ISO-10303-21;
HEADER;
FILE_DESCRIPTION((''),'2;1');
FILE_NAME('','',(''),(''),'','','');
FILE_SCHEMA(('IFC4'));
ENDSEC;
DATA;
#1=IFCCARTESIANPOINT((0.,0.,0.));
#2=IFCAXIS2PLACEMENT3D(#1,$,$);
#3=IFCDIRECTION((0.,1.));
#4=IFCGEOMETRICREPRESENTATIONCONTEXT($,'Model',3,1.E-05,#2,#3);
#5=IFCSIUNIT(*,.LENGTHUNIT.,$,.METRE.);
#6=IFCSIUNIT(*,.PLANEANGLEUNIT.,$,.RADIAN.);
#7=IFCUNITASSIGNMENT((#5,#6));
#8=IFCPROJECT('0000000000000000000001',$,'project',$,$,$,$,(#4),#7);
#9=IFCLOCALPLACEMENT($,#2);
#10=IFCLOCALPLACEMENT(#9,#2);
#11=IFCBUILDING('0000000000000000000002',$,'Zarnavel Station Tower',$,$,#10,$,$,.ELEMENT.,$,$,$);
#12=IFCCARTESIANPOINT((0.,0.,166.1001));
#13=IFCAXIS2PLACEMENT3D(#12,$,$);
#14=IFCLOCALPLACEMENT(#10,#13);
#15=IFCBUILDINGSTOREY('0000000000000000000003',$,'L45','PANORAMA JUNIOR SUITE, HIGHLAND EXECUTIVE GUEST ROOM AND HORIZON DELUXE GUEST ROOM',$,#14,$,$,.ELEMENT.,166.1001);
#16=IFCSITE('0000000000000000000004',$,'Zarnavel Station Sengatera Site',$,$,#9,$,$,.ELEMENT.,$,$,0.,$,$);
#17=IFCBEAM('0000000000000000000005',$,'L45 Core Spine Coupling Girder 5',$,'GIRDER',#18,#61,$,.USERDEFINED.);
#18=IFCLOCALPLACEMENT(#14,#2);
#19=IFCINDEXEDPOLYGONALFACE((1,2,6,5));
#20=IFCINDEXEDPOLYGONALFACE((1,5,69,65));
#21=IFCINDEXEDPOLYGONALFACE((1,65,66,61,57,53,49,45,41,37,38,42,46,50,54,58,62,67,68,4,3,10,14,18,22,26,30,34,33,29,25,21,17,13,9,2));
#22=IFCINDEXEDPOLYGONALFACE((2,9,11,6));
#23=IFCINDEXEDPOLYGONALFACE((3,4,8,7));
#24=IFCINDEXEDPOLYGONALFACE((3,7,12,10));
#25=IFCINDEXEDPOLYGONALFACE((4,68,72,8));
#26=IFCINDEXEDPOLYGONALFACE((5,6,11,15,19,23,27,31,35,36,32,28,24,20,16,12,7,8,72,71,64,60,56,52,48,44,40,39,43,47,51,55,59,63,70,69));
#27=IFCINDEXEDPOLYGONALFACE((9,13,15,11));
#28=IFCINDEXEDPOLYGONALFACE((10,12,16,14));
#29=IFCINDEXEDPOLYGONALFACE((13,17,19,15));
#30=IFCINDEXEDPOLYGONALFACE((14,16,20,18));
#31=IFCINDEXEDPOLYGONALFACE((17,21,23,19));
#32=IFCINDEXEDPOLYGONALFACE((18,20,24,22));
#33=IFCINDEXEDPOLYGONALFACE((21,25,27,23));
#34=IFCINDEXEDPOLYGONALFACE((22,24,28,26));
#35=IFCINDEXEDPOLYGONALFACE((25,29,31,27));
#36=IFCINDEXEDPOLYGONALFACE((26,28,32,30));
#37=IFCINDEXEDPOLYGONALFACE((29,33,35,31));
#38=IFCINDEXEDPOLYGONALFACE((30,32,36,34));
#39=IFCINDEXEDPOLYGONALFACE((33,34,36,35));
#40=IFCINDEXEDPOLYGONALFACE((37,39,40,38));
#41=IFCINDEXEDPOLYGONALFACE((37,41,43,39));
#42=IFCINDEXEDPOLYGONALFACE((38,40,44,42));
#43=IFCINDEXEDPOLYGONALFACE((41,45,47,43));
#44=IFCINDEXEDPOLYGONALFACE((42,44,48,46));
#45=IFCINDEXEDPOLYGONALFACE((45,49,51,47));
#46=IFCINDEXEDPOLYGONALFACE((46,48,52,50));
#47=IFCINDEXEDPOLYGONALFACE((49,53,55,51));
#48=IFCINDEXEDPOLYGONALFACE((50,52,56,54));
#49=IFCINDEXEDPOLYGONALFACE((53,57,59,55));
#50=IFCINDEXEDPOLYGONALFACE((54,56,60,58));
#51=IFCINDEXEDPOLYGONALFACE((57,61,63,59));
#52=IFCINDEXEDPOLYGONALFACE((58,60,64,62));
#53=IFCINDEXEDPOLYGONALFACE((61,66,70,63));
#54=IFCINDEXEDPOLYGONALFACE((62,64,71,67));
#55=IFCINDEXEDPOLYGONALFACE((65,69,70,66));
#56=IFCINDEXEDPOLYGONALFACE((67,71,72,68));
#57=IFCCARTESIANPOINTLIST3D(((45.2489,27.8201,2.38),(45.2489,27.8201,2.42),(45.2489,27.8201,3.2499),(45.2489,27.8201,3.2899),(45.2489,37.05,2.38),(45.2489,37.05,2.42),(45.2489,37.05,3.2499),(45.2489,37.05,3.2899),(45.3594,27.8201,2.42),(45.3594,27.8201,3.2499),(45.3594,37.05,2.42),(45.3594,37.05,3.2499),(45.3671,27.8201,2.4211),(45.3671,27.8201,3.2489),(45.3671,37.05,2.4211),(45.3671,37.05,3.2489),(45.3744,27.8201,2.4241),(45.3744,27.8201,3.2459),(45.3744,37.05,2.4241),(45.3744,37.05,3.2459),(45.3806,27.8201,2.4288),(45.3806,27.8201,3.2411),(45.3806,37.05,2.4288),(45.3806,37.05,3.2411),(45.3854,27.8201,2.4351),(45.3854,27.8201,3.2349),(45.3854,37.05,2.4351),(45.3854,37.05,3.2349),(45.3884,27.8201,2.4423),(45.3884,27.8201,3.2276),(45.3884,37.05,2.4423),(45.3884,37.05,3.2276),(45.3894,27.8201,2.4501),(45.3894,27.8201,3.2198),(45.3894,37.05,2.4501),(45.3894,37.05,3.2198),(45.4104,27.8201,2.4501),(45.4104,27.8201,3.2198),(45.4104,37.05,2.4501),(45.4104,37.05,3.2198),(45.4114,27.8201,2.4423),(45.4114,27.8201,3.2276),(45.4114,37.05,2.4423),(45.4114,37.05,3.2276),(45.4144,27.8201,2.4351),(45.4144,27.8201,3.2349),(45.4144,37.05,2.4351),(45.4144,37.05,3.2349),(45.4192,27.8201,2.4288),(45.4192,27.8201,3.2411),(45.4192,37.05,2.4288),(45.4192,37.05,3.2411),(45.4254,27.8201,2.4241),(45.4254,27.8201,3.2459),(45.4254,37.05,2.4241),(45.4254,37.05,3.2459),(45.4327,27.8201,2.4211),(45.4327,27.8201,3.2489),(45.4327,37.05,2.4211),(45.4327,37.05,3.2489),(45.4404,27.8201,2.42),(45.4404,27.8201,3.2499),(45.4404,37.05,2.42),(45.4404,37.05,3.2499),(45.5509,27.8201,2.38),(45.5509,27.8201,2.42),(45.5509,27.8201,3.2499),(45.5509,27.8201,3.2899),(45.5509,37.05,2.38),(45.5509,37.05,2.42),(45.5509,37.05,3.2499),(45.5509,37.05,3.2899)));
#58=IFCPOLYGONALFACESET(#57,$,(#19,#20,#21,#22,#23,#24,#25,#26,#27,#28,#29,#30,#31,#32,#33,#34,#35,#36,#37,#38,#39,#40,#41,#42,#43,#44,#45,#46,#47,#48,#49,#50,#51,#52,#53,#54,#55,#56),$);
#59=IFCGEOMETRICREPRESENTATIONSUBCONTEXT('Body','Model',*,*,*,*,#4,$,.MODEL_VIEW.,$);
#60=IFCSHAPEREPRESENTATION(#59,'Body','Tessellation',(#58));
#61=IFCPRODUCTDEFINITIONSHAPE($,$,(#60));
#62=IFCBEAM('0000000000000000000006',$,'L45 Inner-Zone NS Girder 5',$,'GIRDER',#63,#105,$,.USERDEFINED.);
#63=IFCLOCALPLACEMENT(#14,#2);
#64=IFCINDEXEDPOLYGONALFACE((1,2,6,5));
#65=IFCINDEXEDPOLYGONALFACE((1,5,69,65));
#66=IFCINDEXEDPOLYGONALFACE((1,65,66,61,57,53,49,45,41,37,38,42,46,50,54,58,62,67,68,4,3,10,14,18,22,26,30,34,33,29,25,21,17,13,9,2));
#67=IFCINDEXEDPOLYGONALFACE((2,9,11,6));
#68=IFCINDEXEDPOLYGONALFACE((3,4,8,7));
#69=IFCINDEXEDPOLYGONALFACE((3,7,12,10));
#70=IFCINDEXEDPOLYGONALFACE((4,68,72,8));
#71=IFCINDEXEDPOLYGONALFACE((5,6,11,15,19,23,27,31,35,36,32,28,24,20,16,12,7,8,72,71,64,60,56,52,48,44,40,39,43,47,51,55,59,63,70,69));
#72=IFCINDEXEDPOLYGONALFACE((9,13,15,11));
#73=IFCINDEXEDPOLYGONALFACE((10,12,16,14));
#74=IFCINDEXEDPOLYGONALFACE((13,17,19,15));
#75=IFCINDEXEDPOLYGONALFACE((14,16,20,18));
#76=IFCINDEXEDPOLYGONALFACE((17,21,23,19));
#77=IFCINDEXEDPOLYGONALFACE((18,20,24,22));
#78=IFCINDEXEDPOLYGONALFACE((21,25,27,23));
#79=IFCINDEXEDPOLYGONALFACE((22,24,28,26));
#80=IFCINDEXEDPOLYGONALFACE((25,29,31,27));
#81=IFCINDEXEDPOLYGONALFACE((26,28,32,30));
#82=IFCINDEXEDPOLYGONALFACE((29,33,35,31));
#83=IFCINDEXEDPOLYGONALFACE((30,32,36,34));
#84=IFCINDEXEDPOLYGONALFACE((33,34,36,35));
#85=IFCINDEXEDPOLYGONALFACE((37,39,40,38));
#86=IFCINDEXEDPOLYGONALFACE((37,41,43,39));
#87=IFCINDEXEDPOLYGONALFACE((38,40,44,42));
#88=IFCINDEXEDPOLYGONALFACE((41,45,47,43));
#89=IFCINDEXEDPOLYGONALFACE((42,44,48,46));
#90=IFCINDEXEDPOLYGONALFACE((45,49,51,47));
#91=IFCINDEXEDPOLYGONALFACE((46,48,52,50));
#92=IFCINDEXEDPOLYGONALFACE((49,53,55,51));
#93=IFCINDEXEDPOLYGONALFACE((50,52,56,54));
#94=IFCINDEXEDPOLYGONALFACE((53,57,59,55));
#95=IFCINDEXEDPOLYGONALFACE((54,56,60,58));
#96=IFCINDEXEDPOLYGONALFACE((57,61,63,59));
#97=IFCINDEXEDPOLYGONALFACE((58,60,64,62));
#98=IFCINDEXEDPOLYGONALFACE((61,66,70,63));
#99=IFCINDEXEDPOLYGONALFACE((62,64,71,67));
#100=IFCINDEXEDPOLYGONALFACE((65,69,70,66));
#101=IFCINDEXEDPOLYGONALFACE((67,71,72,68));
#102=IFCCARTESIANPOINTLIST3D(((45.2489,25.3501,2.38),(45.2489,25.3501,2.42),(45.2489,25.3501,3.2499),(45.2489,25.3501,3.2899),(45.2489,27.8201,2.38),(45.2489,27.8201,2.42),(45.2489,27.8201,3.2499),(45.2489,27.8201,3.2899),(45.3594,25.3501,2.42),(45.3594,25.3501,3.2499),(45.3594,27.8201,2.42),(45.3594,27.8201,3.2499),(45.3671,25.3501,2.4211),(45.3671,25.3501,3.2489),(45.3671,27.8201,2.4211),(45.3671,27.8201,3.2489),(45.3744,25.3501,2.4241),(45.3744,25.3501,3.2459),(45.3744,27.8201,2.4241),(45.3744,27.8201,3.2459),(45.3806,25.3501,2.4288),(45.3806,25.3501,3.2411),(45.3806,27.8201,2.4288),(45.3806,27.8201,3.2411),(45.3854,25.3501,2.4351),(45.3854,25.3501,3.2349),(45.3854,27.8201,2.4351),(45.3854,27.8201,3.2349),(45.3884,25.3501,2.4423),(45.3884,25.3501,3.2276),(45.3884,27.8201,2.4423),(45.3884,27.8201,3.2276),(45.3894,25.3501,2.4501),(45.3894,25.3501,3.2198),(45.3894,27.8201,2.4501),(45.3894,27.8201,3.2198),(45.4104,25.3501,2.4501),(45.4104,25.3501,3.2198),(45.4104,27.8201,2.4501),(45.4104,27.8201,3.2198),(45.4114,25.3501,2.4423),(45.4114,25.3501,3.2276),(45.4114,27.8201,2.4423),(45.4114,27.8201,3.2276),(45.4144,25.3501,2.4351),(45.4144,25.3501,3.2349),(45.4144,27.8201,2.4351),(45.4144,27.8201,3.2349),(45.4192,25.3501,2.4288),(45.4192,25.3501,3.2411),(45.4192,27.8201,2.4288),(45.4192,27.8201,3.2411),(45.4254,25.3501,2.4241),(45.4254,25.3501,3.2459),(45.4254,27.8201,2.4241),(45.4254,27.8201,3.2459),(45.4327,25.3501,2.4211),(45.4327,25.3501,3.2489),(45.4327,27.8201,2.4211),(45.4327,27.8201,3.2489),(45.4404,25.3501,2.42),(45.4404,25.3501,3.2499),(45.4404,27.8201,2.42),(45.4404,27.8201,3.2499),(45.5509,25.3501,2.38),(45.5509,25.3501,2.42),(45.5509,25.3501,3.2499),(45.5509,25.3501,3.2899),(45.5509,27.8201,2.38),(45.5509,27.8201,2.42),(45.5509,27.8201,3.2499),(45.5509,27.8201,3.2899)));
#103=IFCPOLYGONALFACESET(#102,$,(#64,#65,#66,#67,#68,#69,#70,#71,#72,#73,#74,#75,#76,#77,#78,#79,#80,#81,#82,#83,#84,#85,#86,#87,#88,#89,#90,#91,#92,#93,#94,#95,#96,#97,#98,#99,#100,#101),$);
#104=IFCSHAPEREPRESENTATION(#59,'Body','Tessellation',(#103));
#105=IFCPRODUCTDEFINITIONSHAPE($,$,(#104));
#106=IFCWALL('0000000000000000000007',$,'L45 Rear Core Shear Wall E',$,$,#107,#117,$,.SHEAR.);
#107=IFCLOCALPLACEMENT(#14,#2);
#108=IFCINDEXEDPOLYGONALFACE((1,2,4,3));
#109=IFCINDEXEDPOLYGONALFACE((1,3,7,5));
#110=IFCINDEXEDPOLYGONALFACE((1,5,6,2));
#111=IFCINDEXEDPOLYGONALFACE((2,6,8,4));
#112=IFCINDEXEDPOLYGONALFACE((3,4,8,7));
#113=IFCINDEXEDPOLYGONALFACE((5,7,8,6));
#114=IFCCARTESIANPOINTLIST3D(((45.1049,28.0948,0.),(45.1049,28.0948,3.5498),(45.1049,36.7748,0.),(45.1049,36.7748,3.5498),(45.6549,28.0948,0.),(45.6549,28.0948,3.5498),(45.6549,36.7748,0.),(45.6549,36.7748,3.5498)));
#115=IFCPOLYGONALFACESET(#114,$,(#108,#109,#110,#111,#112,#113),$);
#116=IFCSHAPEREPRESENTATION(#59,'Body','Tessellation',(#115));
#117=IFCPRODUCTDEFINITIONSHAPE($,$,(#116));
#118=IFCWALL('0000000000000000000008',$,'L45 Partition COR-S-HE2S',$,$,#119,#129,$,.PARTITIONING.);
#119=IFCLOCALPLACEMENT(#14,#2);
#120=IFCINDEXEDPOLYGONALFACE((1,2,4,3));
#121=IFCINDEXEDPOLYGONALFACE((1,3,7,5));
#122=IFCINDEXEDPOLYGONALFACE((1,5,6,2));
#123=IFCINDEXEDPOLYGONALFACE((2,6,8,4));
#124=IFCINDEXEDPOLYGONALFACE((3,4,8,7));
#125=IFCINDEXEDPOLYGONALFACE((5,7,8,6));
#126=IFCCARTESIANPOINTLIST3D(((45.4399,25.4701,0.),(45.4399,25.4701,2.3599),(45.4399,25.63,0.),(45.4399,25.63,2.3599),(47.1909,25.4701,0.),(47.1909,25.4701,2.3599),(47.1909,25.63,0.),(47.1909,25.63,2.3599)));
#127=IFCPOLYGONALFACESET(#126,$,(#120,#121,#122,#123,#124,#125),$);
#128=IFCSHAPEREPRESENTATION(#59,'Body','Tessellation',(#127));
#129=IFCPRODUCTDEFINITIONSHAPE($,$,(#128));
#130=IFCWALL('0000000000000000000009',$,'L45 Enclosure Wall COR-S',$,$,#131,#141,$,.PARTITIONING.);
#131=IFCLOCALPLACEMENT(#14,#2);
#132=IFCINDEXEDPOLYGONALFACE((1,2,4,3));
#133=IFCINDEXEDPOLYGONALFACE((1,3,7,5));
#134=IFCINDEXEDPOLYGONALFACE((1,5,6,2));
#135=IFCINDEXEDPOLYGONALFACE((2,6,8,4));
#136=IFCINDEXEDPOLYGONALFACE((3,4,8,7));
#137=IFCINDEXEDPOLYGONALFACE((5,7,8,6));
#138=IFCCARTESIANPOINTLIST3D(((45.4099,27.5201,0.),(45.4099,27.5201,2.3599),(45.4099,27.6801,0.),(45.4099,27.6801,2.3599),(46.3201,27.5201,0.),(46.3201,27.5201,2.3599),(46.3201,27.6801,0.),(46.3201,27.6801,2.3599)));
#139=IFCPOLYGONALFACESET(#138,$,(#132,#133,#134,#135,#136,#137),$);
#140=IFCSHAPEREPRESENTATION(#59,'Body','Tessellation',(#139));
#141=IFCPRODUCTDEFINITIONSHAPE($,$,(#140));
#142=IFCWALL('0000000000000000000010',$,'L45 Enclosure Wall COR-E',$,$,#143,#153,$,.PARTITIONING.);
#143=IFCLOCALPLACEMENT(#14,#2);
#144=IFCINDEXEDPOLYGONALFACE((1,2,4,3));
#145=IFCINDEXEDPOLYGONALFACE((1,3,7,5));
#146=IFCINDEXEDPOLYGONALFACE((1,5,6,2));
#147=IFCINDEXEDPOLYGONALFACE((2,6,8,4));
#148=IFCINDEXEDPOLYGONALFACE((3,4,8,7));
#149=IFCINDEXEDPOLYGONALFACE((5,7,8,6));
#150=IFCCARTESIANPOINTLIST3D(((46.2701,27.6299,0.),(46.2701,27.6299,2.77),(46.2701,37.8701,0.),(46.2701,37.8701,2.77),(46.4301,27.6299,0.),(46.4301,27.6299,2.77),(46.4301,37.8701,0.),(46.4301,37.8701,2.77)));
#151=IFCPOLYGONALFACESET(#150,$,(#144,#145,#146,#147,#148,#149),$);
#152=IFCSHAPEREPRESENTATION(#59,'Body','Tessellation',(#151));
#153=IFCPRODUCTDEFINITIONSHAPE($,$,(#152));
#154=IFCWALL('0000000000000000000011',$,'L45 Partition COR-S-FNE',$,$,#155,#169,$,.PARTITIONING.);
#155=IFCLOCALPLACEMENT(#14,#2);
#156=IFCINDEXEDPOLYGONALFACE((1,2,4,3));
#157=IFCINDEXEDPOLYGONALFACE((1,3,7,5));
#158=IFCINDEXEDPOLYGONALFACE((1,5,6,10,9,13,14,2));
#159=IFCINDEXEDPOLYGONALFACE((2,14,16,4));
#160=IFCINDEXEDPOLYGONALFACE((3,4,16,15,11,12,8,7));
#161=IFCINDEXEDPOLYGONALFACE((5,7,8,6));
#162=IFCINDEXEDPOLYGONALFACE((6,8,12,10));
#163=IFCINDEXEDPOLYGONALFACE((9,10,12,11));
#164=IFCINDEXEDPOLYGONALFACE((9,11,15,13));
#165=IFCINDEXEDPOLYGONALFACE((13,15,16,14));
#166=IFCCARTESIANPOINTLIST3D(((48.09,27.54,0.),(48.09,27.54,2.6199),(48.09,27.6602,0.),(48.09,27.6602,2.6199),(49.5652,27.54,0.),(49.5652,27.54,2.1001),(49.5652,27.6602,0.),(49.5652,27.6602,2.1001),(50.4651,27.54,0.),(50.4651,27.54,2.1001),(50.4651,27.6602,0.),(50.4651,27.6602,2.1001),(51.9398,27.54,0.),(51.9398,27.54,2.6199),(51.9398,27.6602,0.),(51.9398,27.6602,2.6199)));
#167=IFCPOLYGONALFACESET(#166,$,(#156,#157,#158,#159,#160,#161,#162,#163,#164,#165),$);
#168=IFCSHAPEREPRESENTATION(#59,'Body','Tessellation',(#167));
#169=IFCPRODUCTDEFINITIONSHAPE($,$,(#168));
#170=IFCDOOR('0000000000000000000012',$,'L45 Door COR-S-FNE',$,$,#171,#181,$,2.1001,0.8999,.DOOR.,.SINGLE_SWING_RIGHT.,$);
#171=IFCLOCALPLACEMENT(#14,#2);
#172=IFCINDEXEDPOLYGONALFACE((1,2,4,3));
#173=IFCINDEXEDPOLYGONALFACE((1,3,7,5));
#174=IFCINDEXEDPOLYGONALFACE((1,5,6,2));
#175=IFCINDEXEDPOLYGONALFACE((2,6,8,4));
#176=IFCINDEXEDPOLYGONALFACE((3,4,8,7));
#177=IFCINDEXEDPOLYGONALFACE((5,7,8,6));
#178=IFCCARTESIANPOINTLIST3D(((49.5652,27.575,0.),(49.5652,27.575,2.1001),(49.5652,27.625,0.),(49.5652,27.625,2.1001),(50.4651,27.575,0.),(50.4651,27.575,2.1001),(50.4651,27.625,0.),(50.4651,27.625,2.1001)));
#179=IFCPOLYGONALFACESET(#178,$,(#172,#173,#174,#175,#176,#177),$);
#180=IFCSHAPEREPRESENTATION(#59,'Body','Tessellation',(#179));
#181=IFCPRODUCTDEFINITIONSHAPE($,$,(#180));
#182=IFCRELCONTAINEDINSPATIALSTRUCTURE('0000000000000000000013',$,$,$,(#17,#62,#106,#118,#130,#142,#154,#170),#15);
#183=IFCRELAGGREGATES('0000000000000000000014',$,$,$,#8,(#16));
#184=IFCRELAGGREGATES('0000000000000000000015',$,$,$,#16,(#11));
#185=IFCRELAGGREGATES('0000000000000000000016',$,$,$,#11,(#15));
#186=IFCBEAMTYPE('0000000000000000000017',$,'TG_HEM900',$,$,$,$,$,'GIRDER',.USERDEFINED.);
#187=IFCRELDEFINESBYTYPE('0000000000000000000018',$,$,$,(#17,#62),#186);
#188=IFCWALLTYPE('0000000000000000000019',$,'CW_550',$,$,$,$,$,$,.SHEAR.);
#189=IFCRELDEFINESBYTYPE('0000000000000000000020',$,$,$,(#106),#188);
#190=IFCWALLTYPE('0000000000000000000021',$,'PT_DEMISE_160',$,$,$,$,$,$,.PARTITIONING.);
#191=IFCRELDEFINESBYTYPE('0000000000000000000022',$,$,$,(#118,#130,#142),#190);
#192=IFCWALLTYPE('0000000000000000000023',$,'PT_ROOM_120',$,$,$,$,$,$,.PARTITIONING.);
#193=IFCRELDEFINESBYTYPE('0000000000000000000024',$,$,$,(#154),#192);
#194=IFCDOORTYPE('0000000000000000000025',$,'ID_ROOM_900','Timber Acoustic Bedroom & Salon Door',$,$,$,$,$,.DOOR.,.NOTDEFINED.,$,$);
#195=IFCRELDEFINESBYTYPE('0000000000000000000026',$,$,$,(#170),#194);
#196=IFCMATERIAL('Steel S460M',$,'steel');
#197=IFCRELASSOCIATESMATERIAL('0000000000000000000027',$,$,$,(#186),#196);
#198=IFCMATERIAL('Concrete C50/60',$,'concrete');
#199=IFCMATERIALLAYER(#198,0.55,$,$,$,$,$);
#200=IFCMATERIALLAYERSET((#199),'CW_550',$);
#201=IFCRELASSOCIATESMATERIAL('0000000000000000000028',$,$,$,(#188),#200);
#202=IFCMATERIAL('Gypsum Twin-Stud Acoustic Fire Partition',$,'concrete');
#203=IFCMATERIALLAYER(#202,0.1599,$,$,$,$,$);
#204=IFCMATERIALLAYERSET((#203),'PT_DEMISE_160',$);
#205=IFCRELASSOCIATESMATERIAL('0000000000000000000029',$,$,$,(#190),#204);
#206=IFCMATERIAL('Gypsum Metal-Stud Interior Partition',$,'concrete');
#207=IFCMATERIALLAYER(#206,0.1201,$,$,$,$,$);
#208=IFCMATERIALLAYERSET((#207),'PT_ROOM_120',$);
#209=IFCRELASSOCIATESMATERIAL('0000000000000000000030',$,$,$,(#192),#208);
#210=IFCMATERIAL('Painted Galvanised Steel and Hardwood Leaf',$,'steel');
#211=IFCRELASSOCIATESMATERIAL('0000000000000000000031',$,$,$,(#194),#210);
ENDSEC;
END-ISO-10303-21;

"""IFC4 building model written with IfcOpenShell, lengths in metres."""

from ifc_helpers import new_model, si_unit, direction, frame, frame_2d, origin, origin_2d, place, context, subcontext, project, spatial, rectangle, i_section, extrude, material, layer, layer_set, material_profile, profile_set, type_object, element, fill, save


model = new_model("IFC4")

# Units and contexts
model_context = context("Model", 3, precision=1e-05, world=origin(), true_north=direction((0.0, 1.0)))
body_context = subcontext(model_context, "Body", "Model", "MODEL_VIEW")
ifc_project = project(units=[si_unit("LENGTHUNIT", "METRE"), si_unit("PLANEANGLEUNIT", "RADIAN")], contexts=[model_context])

# Site, building, storey
site_placement = place(None, origin())
site = spatial("IfcSite", under=ifc_project, at=site_placement, Name="Zarnavel Station Sengatera Site", CompositionType="ELEMENT", RefElevation=0.0)
building_placement = place(site_placement, origin())
building = spatial("IfcBuilding", under=site, at=building_placement, Name="Zarnavel Station Tower", CompositionType="ELEMENT")
storey_placement = place(building_placement, frame((0.0, 0.0, 166.1001)))
storey = spatial("IfcBuildingStorey", under=building, at=storey_placement, Name="L45", Description="PANORAMA JUNIOR SUITE, HIGHLAND EXECUTIVE GUEST ROOM AND HORIZON DELUXE GUEST ROOM", CompositionType="ELEMENT", Elevation=166.1001)

# Beams
ifc_material_1 = material(Name="Steel S460M", Category="steel")
ifc_material_profile_1 = material_profile(ifc_material_1, i_section(OverallWidth=0.302, OverallDepth=0.9099, WebThickness=0.021, FlangeThickness=0.04, FilletRadius=0.03, at=origin_2d()), Name="HEM900")
ifc_profile_set_1 = profile_set([ifc_material_profile_1], Name="Steel S460M")
beam_type_1 = type_object("IfcBeamType", Name="TG_HEM900", ElementType="GIRDER", PredefinedType="USERDEFINED", material=ifc_profile_set_1)
beam_1_placement = place(storey_placement, frame((45.3999, 27.8201, 2.835), z_axis=(0.0, 1.0, 0.0), x_axis=(-1.0, 0.0, 0.0)))
element("IfcBeam", 1, at=beam_1_placement, inside=storey, type_object=beam_type_1, Name="L45 Core Spine Coupling Girder 5", ObjectType="GIRDER", PredefinedType="USERDEFINED", context=body_context, shape_type="SweptSolid", body=[
    extrude(i_section(OverallWidth=0.302, OverallDepth=0.9099, WebThickness=0.021, FlangeThickness=0.04, FilletRadius=0.03, at=origin_2d()), origin(), (0.0, 0.0, 1.0), 9.23),
])
beam_2_placement = place(storey_placement, frame((45.3999, 25.3501, 2.835), z_axis=(0.0, 1.0, 0.0), x_axis=(-1.0, 0.0, 0.0)))
element("IfcBeam", 2, at=beam_2_placement, inside=storey, type_object=beam_type_1, Name="L45 Inner-Zone NS Girder 5", ObjectType="GIRDER", PredefinedType="USERDEFINED", context=body_context, shape_type="SweptSolid", body=[
    extrude(i_section(OverallWidth=0.302, OverallDepth=0.9099, WebThickness=0.021, FlangeThickness=0.04, FilletRadius=0.03, at=origin_2d()), origin(), (0.0, 0.0, 1.0), 2.47),
])

# Shared definitions
ifc_material_2 = material(Name="Concrete C50/60", Category="concrete")
ifc_layer_1 = layer(ifc_material_2, 0.55)
ifc_layer_set_1 = layer_set([ifc_layer_1], Name="CW_550")
wall_type_1 = type_object("IfcWallType", Name="CW_550", PredefinedType="SHEAR", material=ifc_layer_set_1)

# Wall
wall_1_placement = place(storey_placement, frame((45.3799, 28.095, 0.0), z_axis=(0.0, 0.0, 1.0), x_axis=(0.0, 1.0, 0.0)))
element("IfcWall", 3, at=wall_1_placement, inside=storey, type_object=wall_type_1, Name="L45 Rear Core Shear Wall E", PredefinedType="SHEAR", context=body_context, shape_type="SweptSolid", body=[
    extrude(rectangle(XDim=8.6799, YDim=0.55, at=frame_2d((4.3398, 0.0))), origin(), (0.0, 0.0, 1.0), 3.5498),
])

# Shared definitions
ifc_material_3 = material(Name="Gypsum Twin-Stud Acoustic Fire Partition", Category="concrete")
ifc_layer_2 = layer(ifc_material_3, 0.1599)
ifc_layer_set_2 = layer_set([ifc_layer_2], Name="PT_DEMISE_160")
wall_type_2 = type_object("IfcWallType", Name="PT_DEMISE_160", PredefinedType="PARTITIONING", material=ifc_layer_set_2)

# Walls
wall_2_placement = place(storey_placement, frame((45.4399, 25.55, 0.0), z_axis=(0.0, 0.0, 1.0), x_axis=(1.0, 0.0, 0.0)))
element("IfcWall", 4, at=wall_2_placement, inside=storey, type_object=wall_type_2, Name="L45 Partition COR-S-HE2S", PredefinedType="PARTITIONING", context=body_context, shape_type="SweptSolid", body=[
    extrude(rectangle(XDim=1.751, YDim=0.1599, at=frame_2d((0.8755, 0.0))), origin(), (0.0, 0.0, 1.0), 2.3599),
])
wall_3_placement = place(storey_placement, frame((45.4099, 27.6001, 0.0), z_axis=(0.0, 0.0, 1.0), x_axis=(1.0, 0.0, 0.0)))
element("IfcWall", 5, at=wall_3_placement, inside=storey, type_object=wall_type_2, Name="L45 Enclosure Wall COR-S", PredefinedType="PARTITIONING", context=body_context, shape_type="SweptSolid", body=[
    extrude(rectangle(XDim=0.9102, YDim=0.1599, at=frame_2d((0.4551, 0.0))), origin(), (0.0, 0.0, 1.0), 2.3599),
])
wall_4_placement = place(storey_placement, frame((46.3501, 27.6299, 0.0), z_axis=(0.0, 0.0, 1.0), x_axis=(0.0, 1.0, 0.0)))
element("IfcWall", 6, at=wall_4_placement, inside=storey, type_object=wall_type_2, Name="L45 Enclosure Wall COR-E", PredefinedType="PARTITIONING", context=body_context, shape_type="SweptSolid", body=[
    extrude(rectangle(XDim=10.2402, YDim=0.1599, at=frame_2d((5.1201, 0.0))), origin(), (0.0, 0.0, 1.0), 2.77),
])

# Wall, opening, door
ifc_material_4 = material(Name="Gypsum Metal-Stud Interior Partition", Category="concrete")
ifc_layer_3 = layer(ifc_material_4, 0.1201)
ifc_layer_set_3 = layer_set([ifc_layer_3], Name="PT_ROOM_120")
wall_type_3 = type_object("IfcWallType", Name="PT_ROOM_120", PredefinedType="PARTITIONING", material=ifc_layer_set_3)
wall_5_placement = place(storey_placement, frame((48.0901, 27.6001, 0.0), z_axis=(0.0, 0.0, 1.0), x_axis=(1.0, 0.0, 0.0)))
wall_5 = element("IfcWall", 7, at=wall_5_placement, inside=storey, type_object=wall_type_3, Name="L45 Partition COR-S-FNE", PredefinedType="PARTITIONING", context=body_context, shape_type="SweptSolid", body=[
    extrude(rectangle(XDim=3.8499, YDim=0.1201, at=frame_2d((1.9248, 0.0))), origin(), (0.0, 0.0, 1.0), 2.6199),
])
opening_1_placement = place(wall_5_placement, frame((1.4751, 0.0, 0.0)))
opening_1 = element("IfcOpeningElement", 8, at=opening_1_placement, cuts=wall_5, PredefinedType="OPENING", context=body_context, shape_type="SweptSolid", body=[
    extrude(rectangle(XDim=0.8999, YDim=2.1001, at=frame_2d((0.45, 1.05))), frame((0.0, 0.0701, 0.0), z_axis=(0.0, -1.0, 0.0), x_axis=(1.0, 0.0, 0.0)), (0.0, 0.0, 1.0), 0.1401),
])
ifc_material_5 = material(Name="Painted Galvanised Steel and Hardwood Leaf", Category="steel")
door_type_1 = type_object("IfcDoorType", Name="ID_ROOM_900", Description="Timber Acoustic Bedroom & Salon Door", OperationType="NOTDEFINED", PredefinedType="DOOR", material=ifc_material_5)
door_1_placement = place(opening_1_placement, origin())
door_1 = element("IfcDoor", 9, at=door_1_placement, inside=storey, type_object=door_type_1, Name="L45 Door COR-S-FNE", OperationType="SINGLE_SWING_RIGHT", OverallHeight=2.1001, OverallWidth=0.8999, PredefinedType="DOOR", context=body_context, shape_type="SweptSolid", body=[
    extrude(rectangle(XDim=0.8999, YDim=2.1001, at=frame_2d((0.45, 1.05))), frame((0.0, 0.0249, 0.0), z_axis=(0.0, -1.0, 0.0), x_axis=(1.0, 0.0, 0.0)), (0.0, 0.0, 1.0), 0.05),
])
fill(opening_1, door_1)

save(model, "model.ifc")
